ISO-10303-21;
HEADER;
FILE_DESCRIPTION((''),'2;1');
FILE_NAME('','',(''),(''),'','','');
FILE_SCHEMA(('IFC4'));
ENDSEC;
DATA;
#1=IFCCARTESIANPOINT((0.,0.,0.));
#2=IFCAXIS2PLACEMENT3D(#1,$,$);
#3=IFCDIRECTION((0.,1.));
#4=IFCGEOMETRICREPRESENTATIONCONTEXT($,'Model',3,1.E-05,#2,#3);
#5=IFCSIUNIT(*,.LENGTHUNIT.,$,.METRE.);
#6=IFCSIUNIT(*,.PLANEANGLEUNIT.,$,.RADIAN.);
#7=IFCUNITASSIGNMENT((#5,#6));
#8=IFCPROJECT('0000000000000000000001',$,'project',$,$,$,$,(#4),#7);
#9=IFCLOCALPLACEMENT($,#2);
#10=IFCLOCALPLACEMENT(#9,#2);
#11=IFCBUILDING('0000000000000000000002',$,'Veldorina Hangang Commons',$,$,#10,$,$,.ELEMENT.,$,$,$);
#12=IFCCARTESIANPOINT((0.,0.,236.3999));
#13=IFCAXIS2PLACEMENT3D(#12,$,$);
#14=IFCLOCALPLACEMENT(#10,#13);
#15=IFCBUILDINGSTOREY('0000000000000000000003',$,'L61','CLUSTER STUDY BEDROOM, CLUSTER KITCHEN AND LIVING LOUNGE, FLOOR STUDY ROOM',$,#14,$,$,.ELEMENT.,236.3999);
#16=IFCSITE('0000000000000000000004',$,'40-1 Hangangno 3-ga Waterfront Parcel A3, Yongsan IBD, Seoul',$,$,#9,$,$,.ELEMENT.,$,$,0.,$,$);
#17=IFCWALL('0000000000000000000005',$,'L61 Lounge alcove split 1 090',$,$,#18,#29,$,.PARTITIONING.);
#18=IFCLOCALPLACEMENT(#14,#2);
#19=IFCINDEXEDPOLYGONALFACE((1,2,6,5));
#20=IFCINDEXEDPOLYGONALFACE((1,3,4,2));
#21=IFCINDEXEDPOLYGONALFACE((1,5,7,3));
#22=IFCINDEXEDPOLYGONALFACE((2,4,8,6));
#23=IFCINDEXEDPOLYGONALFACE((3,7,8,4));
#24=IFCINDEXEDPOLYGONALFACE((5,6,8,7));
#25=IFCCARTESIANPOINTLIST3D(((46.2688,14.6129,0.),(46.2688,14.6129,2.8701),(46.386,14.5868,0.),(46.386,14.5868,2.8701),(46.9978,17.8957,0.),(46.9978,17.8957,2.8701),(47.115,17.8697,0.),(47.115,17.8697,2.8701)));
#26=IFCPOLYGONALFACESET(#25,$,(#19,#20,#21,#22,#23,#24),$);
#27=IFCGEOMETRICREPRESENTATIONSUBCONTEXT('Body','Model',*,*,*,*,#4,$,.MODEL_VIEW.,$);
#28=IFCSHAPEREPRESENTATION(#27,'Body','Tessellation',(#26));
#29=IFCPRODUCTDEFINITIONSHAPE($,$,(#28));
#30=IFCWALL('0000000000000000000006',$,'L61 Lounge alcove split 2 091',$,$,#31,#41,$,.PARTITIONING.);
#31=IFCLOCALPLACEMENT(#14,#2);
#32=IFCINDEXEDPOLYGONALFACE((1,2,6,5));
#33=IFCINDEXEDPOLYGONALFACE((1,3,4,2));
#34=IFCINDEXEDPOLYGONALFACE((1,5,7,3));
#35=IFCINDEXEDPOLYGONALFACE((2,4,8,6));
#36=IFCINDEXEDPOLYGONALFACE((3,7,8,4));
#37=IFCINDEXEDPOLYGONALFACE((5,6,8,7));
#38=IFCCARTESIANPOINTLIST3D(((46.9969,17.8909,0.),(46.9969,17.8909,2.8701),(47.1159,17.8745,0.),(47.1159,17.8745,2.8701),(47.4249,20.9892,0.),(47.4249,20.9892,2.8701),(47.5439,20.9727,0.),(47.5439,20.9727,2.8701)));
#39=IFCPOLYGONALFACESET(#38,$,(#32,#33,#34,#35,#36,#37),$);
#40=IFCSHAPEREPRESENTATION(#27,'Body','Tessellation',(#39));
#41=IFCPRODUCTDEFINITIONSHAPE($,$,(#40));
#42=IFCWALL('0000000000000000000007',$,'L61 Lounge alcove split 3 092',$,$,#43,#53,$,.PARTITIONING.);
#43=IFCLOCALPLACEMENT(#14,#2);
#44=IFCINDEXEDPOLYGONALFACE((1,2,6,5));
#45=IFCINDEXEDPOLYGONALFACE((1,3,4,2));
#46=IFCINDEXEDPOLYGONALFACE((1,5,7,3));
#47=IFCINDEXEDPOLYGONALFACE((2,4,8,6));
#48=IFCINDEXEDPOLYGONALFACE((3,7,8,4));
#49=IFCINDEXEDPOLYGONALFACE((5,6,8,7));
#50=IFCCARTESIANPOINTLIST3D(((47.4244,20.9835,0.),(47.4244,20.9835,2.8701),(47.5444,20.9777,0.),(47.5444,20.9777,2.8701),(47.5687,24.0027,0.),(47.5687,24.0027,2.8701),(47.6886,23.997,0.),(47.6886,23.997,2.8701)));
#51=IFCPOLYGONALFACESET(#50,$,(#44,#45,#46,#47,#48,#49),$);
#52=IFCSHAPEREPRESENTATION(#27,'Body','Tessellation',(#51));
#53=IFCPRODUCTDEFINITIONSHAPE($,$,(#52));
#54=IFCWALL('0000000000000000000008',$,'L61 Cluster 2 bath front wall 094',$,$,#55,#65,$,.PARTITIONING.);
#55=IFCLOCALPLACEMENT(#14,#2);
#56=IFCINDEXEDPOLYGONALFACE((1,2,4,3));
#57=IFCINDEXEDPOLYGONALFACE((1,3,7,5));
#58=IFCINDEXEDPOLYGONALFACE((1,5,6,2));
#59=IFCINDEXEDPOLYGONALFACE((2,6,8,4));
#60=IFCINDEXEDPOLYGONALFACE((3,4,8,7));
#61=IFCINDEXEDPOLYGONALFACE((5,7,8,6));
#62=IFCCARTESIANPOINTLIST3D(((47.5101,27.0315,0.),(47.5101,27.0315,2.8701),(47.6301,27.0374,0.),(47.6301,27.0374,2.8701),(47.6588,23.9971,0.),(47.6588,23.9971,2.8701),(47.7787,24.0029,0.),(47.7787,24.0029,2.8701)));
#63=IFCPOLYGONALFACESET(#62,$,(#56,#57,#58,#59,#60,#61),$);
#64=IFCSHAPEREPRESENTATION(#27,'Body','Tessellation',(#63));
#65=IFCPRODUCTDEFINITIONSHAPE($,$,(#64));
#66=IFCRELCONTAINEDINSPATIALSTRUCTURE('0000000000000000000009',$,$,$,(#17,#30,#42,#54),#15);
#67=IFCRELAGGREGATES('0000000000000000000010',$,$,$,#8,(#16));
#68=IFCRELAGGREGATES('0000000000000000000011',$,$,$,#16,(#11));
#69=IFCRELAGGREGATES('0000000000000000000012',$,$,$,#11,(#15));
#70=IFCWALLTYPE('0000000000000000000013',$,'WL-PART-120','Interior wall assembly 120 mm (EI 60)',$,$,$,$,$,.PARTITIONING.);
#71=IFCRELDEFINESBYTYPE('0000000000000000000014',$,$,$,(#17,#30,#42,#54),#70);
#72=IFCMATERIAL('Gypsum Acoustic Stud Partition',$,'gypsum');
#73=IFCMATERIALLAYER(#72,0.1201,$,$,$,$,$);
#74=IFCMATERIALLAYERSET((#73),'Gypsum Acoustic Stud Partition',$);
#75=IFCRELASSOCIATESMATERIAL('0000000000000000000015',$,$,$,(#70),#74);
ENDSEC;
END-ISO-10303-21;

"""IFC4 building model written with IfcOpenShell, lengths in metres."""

from ifc_helpers import new_model, si_unit, direction, frame, frame_2d, origin, place, context, subcontext, project, spatial, rectangle, extrude, material, layer, layer_set, type_object, element, save


model = new_model("IFC4")

# Units and contexts
model_context = context("Model", 3, precision=1e-05, world=origin(), true_north=direction((0.0, 1.0)))
body_context = subcontext(model_context, "Body", "Model", "MODEL_VIEW")
ifc_project = project(units=[si_unit("LENGTHUNIT", "METRE"), si_unit("PLANEANGLEUNIT", "RADIAN")], contexts=[model_context])

# Site, building, storey
site_placement = place(None, origin())
site = spatial("IfcSite", under=ifc_project, at=site_placement, Name="40-1 Hangangno 3-ga Waterfront Parcel A3, Yongsan IBD, Seoul", CompositionType="ELEMENT", RefElevation=0.0)
building_placement = place(site_placement, origin())
building = spatial("IfcBuilding", under=site, at=building_placement, Name="Veldorina Hangang Commons", CompositionType="ELEMENT")
storey_placement = place(building_placement, frame((0.0, 0.0, 236.3999)))
storey = spatial("IfcBuildingStorey", under=building, at=storey_placement, Name="L61", Description="CLUSTER STUDY BEDROOM, CLUSTER KITCHEN AND LIVING LOUNGE, FLOOR STUDY ROOM", CompositionType="ELEMENT", Elevation=236.3999)

# Walls
ifc_material_1 = material(Name="Gypsum Acoustic Stud Partition", Category="gypsum")
ifc_layer_1 = layer(ifc_material_1, 0.1201)
ifc_layer_set_1 = layer_set([ifc_layer_1], Name="Gypsum Acoustic Stud Partition")
wall_type_1 = type_object("IfcWallType", Name="WL-PART-120", Description="Interior wall assembly 120 mm (EI 60)", PredefinedType="PARTITIONING", material=ifc_layer_set_1)
wall_1_placement = place(storey_placement, frame((46.3274, 14.5999, 0.0), z_axis=(0.0, 0.0, 1.0), x_axis=(0.216792, 0.976218, 0.0)))
element("IfcWall", 1, at=wall_1_placement, inside=storey, type_object=wall_type_1, Name="L61 Lounge alcove split 1 090", PredefinedType="PARTITIONING", context=body_context, shape_type="SweptSolid", body=[
    extrude(rectangle(XDim=3.3628, YDim=0.1201, at=frame_2d((1.6814, 0.0))), origin(), (0.0, 0.0, 1.0), 2.8701),
])
wall_2_placement = place(storey_placement, frame((47.0564, 17.8826, 0.0), z_axis=(0.0, 0.0, 1.0), x_axis=(0.136841, 0.990593, 0.0)))
element("IfcWall", 2, at=wall_2_placement, inside=storey, type_object=wall_type_1, Name="L61 Lounge alcove split 2 091", PredefinedType="PARTITIONING", context=body_context, shape_type="SweptSolid", body=[
    extrude(rectangle(XDim=3.1277, YDim=0.1201, at=frame_2d((1.564, 0.0))), origin(), (0.0, 0.0, 1.0), 2.8701),
])
wall_3_placement = place(storey_placement, frame((47.4844, 20.9807, 0.0), z_axis=(0.0, 0.0, 1.0), x_axis=(0.047734, 0.99886, 0.0)))
element("IfcWall", 3, at=wall_3_placement, inside=storey, type_object=wall_type_1, Name="L61 Lounge alcove split 3 092", PredefinedType="PARTITIONING", context=body_context, shape_type="SweptSolid", body=[
    extrude(rectangle(XDim=3.0227, YDim=0.1201, at=frame_2d((1.5112, 0.0))), origin(), (0.0, 0.0, 1.0), 2.8701),
])
wall_4_placement = place(storey_placement, frame((47.7188, 24.0, 0.0), z_axis=(0.0, 0.0, 1.0), x_axis=(-0.04894, 0.998802, 0.0)))
element("IfcWall", 4, at=wall_4_placement, inside=storey, type_object=wall_type_1, Name="L61 Cluster 2 bath front wall 094", PredefinedType="PARTITIONING", context=body_context, shape_type="SweptSolid", body=[
    extrude(rectangle(XDim=3.0381, YDim=0.1201, at=frame_2d((1.519, 0.0))), origin(), (0.0, 0.0, 1.0), 2.8701),
])

save(model, "model.ifc")
